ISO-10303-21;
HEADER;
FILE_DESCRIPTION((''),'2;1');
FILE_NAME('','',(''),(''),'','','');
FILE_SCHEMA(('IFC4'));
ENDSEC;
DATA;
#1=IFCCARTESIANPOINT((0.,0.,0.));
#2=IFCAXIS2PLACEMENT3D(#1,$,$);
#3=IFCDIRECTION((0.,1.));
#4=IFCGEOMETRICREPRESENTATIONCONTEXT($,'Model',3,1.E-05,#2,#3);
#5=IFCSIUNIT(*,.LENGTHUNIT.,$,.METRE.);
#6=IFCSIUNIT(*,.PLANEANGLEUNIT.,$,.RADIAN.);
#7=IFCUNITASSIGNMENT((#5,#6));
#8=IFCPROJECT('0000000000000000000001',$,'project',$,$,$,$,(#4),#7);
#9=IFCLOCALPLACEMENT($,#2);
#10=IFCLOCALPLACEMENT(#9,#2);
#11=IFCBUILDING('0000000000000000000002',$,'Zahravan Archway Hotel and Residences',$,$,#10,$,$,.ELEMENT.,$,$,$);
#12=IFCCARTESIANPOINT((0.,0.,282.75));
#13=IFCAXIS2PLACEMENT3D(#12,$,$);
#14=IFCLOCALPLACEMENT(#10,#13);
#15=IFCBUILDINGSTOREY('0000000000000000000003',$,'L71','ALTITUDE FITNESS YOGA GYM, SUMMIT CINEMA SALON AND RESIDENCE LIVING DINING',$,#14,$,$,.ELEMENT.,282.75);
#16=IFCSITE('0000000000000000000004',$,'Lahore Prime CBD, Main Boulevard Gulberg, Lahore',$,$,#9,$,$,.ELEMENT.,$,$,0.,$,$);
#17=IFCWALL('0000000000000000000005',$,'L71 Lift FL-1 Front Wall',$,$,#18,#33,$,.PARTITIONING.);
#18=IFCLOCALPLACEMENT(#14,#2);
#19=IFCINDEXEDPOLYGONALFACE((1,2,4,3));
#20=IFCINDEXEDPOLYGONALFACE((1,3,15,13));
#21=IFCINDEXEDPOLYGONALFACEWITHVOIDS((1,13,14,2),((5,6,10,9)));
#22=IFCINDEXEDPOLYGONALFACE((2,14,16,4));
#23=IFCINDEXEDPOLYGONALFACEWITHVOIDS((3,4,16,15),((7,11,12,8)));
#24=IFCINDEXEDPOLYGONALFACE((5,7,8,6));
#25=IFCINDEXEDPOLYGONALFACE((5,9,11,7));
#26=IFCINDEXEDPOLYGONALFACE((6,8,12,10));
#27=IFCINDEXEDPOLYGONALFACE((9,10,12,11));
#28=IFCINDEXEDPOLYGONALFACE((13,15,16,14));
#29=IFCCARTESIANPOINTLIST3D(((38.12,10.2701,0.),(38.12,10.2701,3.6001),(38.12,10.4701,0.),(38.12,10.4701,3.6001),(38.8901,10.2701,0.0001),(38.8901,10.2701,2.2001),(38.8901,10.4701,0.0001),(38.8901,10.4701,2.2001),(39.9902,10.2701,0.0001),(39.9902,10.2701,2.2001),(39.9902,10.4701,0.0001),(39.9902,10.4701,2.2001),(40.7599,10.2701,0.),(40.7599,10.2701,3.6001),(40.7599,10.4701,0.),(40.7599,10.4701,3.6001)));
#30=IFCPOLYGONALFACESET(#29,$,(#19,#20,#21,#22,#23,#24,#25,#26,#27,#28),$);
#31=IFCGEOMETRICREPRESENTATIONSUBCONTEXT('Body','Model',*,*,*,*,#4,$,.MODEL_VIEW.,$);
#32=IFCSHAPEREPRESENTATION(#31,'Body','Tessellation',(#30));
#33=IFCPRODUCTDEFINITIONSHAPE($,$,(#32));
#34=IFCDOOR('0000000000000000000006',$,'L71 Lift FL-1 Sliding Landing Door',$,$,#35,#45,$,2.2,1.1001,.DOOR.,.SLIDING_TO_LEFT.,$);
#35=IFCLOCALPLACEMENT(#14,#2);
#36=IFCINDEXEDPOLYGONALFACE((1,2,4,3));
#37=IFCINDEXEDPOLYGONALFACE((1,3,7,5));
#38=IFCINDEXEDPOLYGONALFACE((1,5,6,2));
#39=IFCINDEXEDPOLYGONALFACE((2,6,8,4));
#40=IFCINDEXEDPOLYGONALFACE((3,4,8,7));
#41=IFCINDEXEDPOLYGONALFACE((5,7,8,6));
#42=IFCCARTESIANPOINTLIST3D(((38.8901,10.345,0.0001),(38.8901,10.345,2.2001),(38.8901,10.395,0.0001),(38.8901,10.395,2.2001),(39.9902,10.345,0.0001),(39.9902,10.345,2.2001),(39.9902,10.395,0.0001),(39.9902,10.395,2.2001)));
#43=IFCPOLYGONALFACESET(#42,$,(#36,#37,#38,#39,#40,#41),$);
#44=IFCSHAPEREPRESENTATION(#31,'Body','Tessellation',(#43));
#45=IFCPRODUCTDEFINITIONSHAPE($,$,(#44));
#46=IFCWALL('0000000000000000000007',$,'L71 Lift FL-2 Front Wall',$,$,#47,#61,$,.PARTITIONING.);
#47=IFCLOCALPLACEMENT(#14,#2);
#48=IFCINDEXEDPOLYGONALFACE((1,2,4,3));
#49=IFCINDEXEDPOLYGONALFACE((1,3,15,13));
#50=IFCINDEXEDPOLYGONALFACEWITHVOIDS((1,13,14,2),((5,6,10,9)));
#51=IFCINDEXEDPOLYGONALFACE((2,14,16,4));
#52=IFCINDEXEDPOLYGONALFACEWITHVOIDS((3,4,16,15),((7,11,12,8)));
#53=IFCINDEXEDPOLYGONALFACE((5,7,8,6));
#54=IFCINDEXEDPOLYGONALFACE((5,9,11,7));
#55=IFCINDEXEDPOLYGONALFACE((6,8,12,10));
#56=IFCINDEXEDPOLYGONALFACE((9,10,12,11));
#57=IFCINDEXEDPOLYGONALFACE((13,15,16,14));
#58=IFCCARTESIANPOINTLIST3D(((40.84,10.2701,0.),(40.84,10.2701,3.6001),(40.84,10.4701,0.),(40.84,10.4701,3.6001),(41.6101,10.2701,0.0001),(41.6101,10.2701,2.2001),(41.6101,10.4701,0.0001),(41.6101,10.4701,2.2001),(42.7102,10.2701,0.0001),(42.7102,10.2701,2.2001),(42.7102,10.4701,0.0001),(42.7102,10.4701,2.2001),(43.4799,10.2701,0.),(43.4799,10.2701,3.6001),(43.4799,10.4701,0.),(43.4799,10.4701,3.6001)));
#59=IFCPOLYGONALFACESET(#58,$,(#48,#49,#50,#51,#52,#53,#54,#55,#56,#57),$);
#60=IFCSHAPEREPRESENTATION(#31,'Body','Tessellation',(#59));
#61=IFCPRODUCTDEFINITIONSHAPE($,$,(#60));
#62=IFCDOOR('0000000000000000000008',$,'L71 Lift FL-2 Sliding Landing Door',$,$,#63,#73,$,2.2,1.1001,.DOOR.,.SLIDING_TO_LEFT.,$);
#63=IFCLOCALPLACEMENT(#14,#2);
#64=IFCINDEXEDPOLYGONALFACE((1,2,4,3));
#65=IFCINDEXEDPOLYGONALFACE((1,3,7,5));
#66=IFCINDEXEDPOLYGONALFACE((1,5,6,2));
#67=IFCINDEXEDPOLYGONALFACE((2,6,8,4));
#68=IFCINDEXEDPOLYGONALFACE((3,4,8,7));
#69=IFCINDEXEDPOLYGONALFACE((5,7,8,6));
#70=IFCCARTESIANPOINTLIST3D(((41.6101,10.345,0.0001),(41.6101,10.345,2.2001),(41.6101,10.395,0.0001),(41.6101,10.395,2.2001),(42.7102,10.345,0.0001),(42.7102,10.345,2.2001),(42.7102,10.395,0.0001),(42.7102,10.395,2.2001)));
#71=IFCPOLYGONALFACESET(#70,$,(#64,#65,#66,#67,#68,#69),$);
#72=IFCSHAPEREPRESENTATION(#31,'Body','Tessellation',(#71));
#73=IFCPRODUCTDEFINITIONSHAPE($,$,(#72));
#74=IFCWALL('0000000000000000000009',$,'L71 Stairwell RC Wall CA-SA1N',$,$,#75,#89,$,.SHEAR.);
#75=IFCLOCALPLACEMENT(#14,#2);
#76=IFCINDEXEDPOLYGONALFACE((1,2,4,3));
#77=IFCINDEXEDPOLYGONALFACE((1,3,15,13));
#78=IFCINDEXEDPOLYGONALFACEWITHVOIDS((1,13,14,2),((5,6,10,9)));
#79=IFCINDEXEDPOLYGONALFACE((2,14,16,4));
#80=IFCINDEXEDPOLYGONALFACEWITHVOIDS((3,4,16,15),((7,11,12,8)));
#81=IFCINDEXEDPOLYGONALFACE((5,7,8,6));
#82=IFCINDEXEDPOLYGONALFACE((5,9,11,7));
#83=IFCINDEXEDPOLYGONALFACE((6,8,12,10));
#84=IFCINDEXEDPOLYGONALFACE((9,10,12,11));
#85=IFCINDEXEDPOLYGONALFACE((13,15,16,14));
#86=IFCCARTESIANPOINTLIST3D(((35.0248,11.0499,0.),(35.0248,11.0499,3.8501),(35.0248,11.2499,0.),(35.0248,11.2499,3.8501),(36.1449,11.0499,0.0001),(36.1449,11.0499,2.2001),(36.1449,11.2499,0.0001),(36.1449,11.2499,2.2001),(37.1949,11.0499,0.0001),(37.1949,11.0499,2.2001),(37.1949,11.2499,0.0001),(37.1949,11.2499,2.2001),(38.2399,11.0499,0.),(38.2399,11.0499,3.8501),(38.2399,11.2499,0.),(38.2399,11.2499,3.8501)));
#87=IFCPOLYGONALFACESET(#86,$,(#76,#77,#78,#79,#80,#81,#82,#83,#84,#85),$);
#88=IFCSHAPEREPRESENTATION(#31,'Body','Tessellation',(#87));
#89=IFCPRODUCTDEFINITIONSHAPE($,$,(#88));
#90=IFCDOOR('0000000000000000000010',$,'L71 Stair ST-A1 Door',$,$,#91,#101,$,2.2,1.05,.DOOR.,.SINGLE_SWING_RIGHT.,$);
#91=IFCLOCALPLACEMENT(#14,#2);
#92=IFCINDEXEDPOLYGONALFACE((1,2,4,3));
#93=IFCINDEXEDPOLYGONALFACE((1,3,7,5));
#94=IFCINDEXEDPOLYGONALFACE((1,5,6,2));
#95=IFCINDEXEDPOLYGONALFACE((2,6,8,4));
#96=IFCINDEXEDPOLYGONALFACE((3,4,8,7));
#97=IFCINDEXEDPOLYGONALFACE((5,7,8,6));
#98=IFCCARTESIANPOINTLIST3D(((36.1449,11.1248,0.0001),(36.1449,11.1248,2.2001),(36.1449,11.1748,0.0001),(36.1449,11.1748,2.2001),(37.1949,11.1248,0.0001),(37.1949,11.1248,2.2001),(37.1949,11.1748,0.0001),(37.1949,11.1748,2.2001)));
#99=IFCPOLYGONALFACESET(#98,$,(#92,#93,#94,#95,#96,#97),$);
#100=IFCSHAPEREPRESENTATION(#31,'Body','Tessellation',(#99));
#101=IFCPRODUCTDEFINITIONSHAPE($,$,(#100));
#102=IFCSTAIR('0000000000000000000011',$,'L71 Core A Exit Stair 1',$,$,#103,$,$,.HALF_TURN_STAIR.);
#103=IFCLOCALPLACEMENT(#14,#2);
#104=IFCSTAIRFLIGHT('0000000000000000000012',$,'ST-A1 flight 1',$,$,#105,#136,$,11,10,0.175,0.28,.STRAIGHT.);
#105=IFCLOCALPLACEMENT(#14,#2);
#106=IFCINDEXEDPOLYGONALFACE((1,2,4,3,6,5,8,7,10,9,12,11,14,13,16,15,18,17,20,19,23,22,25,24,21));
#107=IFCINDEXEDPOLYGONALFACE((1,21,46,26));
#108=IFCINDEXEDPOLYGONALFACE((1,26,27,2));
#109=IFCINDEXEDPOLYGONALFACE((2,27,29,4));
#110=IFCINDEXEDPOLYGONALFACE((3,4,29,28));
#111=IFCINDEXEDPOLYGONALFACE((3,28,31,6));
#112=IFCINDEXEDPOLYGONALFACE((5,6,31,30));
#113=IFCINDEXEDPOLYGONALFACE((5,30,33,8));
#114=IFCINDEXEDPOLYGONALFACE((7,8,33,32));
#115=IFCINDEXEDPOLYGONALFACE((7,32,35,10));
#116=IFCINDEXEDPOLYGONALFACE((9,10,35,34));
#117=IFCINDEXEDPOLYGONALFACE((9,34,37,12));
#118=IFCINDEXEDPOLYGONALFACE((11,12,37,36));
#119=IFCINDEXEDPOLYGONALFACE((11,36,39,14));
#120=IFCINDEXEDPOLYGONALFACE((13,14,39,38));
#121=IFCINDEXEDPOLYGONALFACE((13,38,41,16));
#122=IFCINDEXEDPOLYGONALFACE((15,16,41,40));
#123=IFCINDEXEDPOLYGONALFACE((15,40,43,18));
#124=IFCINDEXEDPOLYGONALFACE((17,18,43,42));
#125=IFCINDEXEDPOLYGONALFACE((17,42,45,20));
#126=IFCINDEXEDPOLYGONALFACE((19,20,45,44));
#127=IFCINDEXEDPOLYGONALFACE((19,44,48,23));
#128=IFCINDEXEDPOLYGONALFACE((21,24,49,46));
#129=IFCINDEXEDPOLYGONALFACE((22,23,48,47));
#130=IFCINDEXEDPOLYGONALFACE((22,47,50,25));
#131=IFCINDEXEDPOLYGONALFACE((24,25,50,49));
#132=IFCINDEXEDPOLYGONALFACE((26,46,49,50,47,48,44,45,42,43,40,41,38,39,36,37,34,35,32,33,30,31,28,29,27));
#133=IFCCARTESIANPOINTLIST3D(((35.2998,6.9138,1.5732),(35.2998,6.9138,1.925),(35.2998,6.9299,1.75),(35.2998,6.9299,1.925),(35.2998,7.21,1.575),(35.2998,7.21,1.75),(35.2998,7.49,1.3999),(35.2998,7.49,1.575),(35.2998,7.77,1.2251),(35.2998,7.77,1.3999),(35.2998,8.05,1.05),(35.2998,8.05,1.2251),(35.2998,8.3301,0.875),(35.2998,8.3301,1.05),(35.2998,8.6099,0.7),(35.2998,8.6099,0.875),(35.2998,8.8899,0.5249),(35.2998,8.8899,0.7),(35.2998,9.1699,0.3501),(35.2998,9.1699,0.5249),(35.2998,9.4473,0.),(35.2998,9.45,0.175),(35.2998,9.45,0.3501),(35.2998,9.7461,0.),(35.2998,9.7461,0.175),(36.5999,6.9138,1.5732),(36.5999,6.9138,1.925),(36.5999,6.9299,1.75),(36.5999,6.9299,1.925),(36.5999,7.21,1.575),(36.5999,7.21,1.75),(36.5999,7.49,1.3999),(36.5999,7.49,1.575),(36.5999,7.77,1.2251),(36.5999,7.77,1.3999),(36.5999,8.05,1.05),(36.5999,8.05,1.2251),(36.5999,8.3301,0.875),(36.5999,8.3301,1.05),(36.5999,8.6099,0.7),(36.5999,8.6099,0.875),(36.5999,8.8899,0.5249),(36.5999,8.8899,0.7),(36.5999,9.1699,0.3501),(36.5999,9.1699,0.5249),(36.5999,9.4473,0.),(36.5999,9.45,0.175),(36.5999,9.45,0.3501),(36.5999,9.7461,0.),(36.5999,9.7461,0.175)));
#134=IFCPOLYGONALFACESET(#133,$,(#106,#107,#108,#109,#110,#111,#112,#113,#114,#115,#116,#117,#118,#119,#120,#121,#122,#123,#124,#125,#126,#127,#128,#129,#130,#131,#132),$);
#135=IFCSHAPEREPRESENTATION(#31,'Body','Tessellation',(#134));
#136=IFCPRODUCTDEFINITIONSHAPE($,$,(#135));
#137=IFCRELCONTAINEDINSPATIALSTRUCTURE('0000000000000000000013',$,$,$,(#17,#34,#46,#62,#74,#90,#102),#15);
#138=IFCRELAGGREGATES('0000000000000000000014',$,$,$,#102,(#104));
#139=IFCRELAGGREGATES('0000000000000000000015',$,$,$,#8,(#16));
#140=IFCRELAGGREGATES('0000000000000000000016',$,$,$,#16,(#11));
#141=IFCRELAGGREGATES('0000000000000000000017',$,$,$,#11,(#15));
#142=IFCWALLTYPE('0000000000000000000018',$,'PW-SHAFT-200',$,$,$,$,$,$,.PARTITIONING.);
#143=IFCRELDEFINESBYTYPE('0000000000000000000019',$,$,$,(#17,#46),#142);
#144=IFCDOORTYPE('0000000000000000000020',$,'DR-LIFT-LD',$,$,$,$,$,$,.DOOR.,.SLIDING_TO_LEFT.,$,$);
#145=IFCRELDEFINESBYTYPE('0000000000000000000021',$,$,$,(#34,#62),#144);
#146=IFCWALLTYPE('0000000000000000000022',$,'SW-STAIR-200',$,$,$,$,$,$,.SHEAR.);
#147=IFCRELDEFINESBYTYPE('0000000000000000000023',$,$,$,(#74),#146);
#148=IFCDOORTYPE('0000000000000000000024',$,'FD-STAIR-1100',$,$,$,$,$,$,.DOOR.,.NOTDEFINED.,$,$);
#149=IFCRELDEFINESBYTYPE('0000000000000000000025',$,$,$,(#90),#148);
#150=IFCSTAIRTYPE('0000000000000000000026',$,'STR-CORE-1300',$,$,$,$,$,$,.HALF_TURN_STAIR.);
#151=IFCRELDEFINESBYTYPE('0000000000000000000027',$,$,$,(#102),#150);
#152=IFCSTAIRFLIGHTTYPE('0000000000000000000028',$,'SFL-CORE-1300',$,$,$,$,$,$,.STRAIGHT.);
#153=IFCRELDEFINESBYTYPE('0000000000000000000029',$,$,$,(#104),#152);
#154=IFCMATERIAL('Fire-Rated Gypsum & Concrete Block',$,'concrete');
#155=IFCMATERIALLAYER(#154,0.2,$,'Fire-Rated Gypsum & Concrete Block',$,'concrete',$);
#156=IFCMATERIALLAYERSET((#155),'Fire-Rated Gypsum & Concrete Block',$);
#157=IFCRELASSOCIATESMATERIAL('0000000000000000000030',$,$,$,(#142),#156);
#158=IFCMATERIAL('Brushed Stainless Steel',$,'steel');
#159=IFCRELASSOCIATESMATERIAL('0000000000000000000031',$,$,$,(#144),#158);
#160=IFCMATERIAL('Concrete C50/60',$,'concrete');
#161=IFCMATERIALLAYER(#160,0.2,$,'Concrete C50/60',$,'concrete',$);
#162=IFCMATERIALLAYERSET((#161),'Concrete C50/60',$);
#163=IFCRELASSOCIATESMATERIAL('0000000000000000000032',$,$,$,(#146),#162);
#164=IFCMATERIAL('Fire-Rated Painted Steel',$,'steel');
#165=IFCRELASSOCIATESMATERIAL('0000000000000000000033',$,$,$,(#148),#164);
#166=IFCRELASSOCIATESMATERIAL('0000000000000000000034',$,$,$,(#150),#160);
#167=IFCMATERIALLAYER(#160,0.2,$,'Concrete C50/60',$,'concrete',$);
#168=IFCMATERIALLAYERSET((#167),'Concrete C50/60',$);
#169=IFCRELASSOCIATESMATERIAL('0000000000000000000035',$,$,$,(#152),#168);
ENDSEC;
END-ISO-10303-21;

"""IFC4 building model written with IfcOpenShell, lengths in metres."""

from ifc_helpers import new_model, si_unit, direction, frame, frame_2d, origin, place, context, subcontext, project, spatial, polyline, rectangle, outline, extrude, source, transform, mapped, material, layer, layer_set, type_object, type_shapes, element, fill, aggregate, save


model = new_model("IFC4")

# Units and contexts
model_context = context("Model", 3, precision=1e-05, world=origin(), true_north=direction((0.0, 1.0)))
body_context = subcontext(model_context, "Body", "Model", "MODEL_VIEW")
ifc_project = project(units=[si_unit("LENGTHUNIT", "METRE"), si_unit("PLANEANGLEUNIT", "RADIAN")], contexts=[model_context])

# Site, building, storey
site_placement = place(None, origin())
site = spatial("IfcSite", under=ifc_project, at=site_placement, Name="Lahore Prime CBD, Main Boulevard Gulberg, Lahore", CompositionType="ELEMENT", RefElevation=0.0)
building_placement = place(site_placement, origin())
building = spatial("IfcBuilding", under=site, at=building_placement, Name="Zahravan Archway Hotel and Residences", CompositionType="ELEMENT")
storey_placement = place(building_placement, frame((0.0, 0.0, 282.75)))
storey = spatial("IfcBuildingStorey", under=building, at=storey_placement, Name="L71", Description="ALTITUDE FITNESS YOGA GYM, SUMMIT CINEMA SALON AND RESIDENCE LIVING DINING", CompositionType="ELEMENT", Elevation=282.75)

# Shared definitions
ifc_material_1 = material(Name="Concrete C50/60", Category="concrete")

# Shared definitions
ifc_material_2 = material(Name="Fire-Rated Painted Steel", Category="steel")

# Shared definitions
ifc_material_3 = material(Name="Fire-Rated Gypsum & Concrete Block", Category="concrete")

# Shared definitions
ifc_layer_1 = layer(ifc_material_3, 0.2, Name="Fire-Rated Gypsum & Concrete Block", Category="concrete")
ifc_layer_set_1 = layer_set([ifc_layer_1], Name="Fire-Rated Gypsum & Concrete Block")
wall_type_1 = type_object("IfcWallType", Name="PW-SHAFT-200", PredefinedType="PARTITIONING", material=ifc_layer_set_1)

# Walls, openings, doors
wall_1_placement = place(storey_placement, frame((38.1201, 10.3701, 0.0), z_axis=(0.0, 0.0, 1.0), x_axis=(1.0, 0.0, 0.0)))
wall_1 = element("IfcWall", 1, at=wall_1_placement, inside=storey, type_object=wall_type_1, Name="L71 Lift FL-1 Front Wall", PredefinedType="PARTITIONING", context=body_context, shape_type="SweptSolid", body=[
    extrude(rectangle(XDim=2.6399, YDim=0.2, at=frame_2d((1.3198, 0.0))), origin(), (0.0, 0.0, 1.0), 3.6001),
])
opening_1_placement = place(wall_1_placement, frame((0.77, 0.0, 0.0)))
opening_1 = element("IfcOpeningElement", 2, at=opening_1_placement, cuts=wall_1, PredefinedType="OPENING", context=body_context, shape_type="SweptSolid", body=[
    extrude(rectangle(XDim=1.1001, YDim=2.2, at=frame_2d((0.55, 1.1001))), frame((0.0, 0.1099, 0.0), z_axis=(0.0, -1.0, 0.0), x_axis=(1.0, 0.0, 0.0)), (0.0, 0.0, 1.0), 0.22),
])
ifc_material_4 = material(Name="Brushed Stainless Steel", Category="steel")
door_type_1 = type_object("IfcDoorType", Name="DR-LIFT-LD", OperationType="SLIDING_TO_LEFT", PredefinedType="DOOR", material=ifc_material_4)
shared_shape_1 = source(origin(), body_context, "Body", "SweptSolid", [
    extrude(rectangle(XDim=1.1001, YDim=2.2, at=frame_2d((0.55, 1.1001))), frame((0.0, 0.0249, 0.0), z_axis=(0.0, -1.0, 0.0), x_axis=(1.0, 0.0, 0.0)), (0.0, 0.0, 1.0), 0.05),
])
type_shapes(door_type_1, [shared_shape_1])
door_1_placement = place(opening_1_placement, origin())
door_1 = element("IfcDoor", 3, at=door_1_placement, inside=storey, type_object=door_type_1, Name="L71 Lift FL-1 Sliding Landing Door", OperationType="SLIDING_TO_LEFT", OverallHeight=2.2, OverallWidth=1.1001, PredefinedType="DOOR", context=body_context, shape_type="MappedRepresentation", body=[
    mapped(shared_shape_1, transform((0.0, 0.0, 0.0), scale=1.0)),
])
fill(opening_1, door_1)
wall_2_placement = place(storey_placement, frame((40.8401, 10.3701, 0.0), z_axis=(0.0, 0.0, 1.0), x_axis=(1.0, 0.0, 0.0)))
wall_2 = element("IfcWall", 4, at=wall_2_placement, inside=storey, type_object=wall_type_1, Name="L71 Lift FL-2 Front Wall", PredefinedType="PARTITIONING", context=body_context, shape_type="SweptSolid", body=[
    extrude(rectangle(XDim=2.6399, YDim=0.2, at=frame_2d((1.3198, 0.0))), origin(), (0.0, 0.0, 1.0), 3.6001),
])
opening_2_placement = place(wall_2_placement, frame((0.77, 0.0, 0.0)))
opening_2 = element("IfcOpeningElement", 5, at=opening_2_placement, cuts=wall_2, PredefinedType="OPENING", context=body_context, shape_type="SweptSolid", body=[
    extrude(rectangle(XDim=1.1001, YDim=2.2, at=frame_2d((0.55, 1.1001))), frame((0.0, 0.1099, 0.0), z_axis=(0.0, -1.0, 0.0), x_axis=(1.0, 0.0, 0.0)), (0.0, 0.0, 1.0), 0.22),
])
door_2_placement = place(opening_2_placement, origin())
door_2 = element("IfcDoor", 6, at=door_2_placement, inside=storey, type_object=door_type_1, Name="L71 Lift FL-2 Sliding Landing Door", OperationType="SLIDING_TO_LEFT", OverallHeight=2.2, OverallWidth=1.1001, PredefinedType="DOOR", context=body_context, shape_type="MappedRepresentation", body=[
    mapped(shared_shape_1, transform((0.0, 0.0, 0.0), scale=1.0)),
])
fill(opening_2, door_2)
ifc_layer_2 = layer(ifc_material_1, 0.2, Name="Concrete C50/60", Category="concrete")
ifc_layer_set_2 = layer_set([ifc_layer_2], Name="Concrete C50/60")
wall_type_2 = type_object("IfcWallType", Name="SW-STAIR-200", PredefinedType="SHEAR", material=ifc_layer_set_2)
wall_3_placement = place(storey_placement, frame((35.0249, 11.1499, 0.0), z_axis=(0.0, 0.0, 1.0), x_axis=(1.0, 0.0, 0.0)))
wall_3 = element("IfcWall", 7, at=wall_3_placement, inside=storey, type_object=wall_type_2, Name="L71 Stairwell RC Wall CA-SA1N", PredefinedType="SHEAR", context=body_context, shape_type="SweptSolid", body=[
    extrude(rectangle(XDim=3.2151, YDim=0.2, at=frame_2d((1.6074, 0.0))), origin(), (0.0, 0.0, 1.0), 3.8501),
])
opening_3_placement = place(wall_3_placement, frame((1.1201, 0.0, 0.0)))
opening_3 = element("IfcOpeningElement", 8, at=opening_3_placement, cuts=wall_3, PredefinedType="OPENING", context=body_context, shape_type="SweptSolid", body=[
    extrude(rectangle(XDim=1.05, YDim=2.2, at=frame_2d((0.5249, 1.1001))), frame((0.0, 0.1099, 0.0), z_axis=(0.0, -1.0, 0.0), x_axis=(1.0, 0.0, 0.0)), (0.0, 0.0, 1.0), 0.22),
])
door_type_2 = type_object("IfcDoorType", Name="FD-STAIR-1100", OperationType="NOTDEFINED", PredefinedType="DOOR", material=ifc_material_2)
shared_shape_2 = source(origin(), body_context, "Body", "SweptSolid", [
    extrude(rectangle(XDim=1.05, YDim=2.2, at=frame_2d((0.5249, 1.1001))), frame((0.0, 0.0249, 0.0), z_axis=(0.0, -1.0, 0.0), x_axis=(1.0, 0.0, 0.0)), (0.0, 0.0, 1.0), 0.05),
])
type_shapes(door_type_2, [shared_shape_2])
door_3_placement = place(opening_3_placement, origin())
door_3 = element("IfcDoor", 9, at=door_3_placement, inside=storey, type_object=door_type_2, Name="L71 Stair ST-A1 Door", OperationType="SINGLE_SWING_RIGHT", OverallHeight=2.2, OverallWidth=1.05, PredefinedType="DOOR", context=body_context, shape_type="MappedRepresentation", body=[
    mapped(shared_shape_2, transform((0.0, 0.0, 0.0), scale=1.0)),
])
fill(opening_3, door_3)

# Stair, stair flight
stair_type = type_object("IfcStairType", Name="STR-CORE-1300", PredefinedType="HALF_TURN_STAIR", material=ifc_material_1)
stair_placement = place(storey_placement, origin())
stair = element("IfcStair", 10, at=stair_placement, inside=storey, type_object=stair_type, Name="L71 Core A Exit Stair 1", PredefinedType="HALF_TURN_STAIR")
ifc_layer_3 = layer(ifc_material_1, 0.2, Name="Concrete C50/60", Category="concrete")
ifc_layer_set_3 = layer_set([ifc_layer_3], Name="Concrete C50/60")
stair_flight_type = type_object("IfcStairFlightType", Name="SFL-CORE-1300", PredefinedType="STRAIGHT", material=ifc_layer_set_3)
shared_shape_3 = source(origin(), body_context, "Body", "SweptSolid", [
    extrude(outline(polyline([(-0.0161, 0.0), (-0.0161, 0.175), (0.28, 0.175), (0.28, 0.3501), (0.5601, 0.3501), (0.5601, 0.5249), (0.8401, 0.5249), (0.8401, 0.7), (1.1201, 0.7), (1.1201, 0.875), (1.3999, 0.875), (1.3999, 1.05), (1.6799, 1.05), (1.6799, 1.2251), (1.96, 1.2251), (1.96, 1.3999), (2.24, 1.3999), (2.24, 1.575), (2.52, 1.575), (2.52, 1.75), (2.8, 1.75), (2.8, 1.925), (2.8162, 1.925), (2.8162, 1.5732), (0.2827, 0.0), (-0.0161, 0.0)])), frame((0.0, 0.6499, 0.0), z_axis=(0.0, -1.0, 0.0), x_axis=(1.0, 0.0, 0.0)), (0.0, 0.0, 1.0), 1.3),
])
stair_flight_placement = place(storey_placement, frame((35.95, 9.73, 0.0), z_axis=(0.0, 0.0, 1.0), x_axis=(0.0, -1.0, 0.0)))
stair_flight = element("IfcStairFlight", 11, at=stair_flight_placement, type_object=stair_flight_type, Name="ST-A1 flight 1", NumberOfRisers=11, NumberOfTreads=10, PredefinedType="STRAIGHT", RiserHeight=0.175, TreadLength=0.28, context=body_context, shape_type="MappedRepresentation", body=[
    mapped(shared_shape_3, transform((0.0, 0.0, 0.0), scale=1.0)),
])
aggregate(stair, [stair_flight])

save(model, "model.ifc")
